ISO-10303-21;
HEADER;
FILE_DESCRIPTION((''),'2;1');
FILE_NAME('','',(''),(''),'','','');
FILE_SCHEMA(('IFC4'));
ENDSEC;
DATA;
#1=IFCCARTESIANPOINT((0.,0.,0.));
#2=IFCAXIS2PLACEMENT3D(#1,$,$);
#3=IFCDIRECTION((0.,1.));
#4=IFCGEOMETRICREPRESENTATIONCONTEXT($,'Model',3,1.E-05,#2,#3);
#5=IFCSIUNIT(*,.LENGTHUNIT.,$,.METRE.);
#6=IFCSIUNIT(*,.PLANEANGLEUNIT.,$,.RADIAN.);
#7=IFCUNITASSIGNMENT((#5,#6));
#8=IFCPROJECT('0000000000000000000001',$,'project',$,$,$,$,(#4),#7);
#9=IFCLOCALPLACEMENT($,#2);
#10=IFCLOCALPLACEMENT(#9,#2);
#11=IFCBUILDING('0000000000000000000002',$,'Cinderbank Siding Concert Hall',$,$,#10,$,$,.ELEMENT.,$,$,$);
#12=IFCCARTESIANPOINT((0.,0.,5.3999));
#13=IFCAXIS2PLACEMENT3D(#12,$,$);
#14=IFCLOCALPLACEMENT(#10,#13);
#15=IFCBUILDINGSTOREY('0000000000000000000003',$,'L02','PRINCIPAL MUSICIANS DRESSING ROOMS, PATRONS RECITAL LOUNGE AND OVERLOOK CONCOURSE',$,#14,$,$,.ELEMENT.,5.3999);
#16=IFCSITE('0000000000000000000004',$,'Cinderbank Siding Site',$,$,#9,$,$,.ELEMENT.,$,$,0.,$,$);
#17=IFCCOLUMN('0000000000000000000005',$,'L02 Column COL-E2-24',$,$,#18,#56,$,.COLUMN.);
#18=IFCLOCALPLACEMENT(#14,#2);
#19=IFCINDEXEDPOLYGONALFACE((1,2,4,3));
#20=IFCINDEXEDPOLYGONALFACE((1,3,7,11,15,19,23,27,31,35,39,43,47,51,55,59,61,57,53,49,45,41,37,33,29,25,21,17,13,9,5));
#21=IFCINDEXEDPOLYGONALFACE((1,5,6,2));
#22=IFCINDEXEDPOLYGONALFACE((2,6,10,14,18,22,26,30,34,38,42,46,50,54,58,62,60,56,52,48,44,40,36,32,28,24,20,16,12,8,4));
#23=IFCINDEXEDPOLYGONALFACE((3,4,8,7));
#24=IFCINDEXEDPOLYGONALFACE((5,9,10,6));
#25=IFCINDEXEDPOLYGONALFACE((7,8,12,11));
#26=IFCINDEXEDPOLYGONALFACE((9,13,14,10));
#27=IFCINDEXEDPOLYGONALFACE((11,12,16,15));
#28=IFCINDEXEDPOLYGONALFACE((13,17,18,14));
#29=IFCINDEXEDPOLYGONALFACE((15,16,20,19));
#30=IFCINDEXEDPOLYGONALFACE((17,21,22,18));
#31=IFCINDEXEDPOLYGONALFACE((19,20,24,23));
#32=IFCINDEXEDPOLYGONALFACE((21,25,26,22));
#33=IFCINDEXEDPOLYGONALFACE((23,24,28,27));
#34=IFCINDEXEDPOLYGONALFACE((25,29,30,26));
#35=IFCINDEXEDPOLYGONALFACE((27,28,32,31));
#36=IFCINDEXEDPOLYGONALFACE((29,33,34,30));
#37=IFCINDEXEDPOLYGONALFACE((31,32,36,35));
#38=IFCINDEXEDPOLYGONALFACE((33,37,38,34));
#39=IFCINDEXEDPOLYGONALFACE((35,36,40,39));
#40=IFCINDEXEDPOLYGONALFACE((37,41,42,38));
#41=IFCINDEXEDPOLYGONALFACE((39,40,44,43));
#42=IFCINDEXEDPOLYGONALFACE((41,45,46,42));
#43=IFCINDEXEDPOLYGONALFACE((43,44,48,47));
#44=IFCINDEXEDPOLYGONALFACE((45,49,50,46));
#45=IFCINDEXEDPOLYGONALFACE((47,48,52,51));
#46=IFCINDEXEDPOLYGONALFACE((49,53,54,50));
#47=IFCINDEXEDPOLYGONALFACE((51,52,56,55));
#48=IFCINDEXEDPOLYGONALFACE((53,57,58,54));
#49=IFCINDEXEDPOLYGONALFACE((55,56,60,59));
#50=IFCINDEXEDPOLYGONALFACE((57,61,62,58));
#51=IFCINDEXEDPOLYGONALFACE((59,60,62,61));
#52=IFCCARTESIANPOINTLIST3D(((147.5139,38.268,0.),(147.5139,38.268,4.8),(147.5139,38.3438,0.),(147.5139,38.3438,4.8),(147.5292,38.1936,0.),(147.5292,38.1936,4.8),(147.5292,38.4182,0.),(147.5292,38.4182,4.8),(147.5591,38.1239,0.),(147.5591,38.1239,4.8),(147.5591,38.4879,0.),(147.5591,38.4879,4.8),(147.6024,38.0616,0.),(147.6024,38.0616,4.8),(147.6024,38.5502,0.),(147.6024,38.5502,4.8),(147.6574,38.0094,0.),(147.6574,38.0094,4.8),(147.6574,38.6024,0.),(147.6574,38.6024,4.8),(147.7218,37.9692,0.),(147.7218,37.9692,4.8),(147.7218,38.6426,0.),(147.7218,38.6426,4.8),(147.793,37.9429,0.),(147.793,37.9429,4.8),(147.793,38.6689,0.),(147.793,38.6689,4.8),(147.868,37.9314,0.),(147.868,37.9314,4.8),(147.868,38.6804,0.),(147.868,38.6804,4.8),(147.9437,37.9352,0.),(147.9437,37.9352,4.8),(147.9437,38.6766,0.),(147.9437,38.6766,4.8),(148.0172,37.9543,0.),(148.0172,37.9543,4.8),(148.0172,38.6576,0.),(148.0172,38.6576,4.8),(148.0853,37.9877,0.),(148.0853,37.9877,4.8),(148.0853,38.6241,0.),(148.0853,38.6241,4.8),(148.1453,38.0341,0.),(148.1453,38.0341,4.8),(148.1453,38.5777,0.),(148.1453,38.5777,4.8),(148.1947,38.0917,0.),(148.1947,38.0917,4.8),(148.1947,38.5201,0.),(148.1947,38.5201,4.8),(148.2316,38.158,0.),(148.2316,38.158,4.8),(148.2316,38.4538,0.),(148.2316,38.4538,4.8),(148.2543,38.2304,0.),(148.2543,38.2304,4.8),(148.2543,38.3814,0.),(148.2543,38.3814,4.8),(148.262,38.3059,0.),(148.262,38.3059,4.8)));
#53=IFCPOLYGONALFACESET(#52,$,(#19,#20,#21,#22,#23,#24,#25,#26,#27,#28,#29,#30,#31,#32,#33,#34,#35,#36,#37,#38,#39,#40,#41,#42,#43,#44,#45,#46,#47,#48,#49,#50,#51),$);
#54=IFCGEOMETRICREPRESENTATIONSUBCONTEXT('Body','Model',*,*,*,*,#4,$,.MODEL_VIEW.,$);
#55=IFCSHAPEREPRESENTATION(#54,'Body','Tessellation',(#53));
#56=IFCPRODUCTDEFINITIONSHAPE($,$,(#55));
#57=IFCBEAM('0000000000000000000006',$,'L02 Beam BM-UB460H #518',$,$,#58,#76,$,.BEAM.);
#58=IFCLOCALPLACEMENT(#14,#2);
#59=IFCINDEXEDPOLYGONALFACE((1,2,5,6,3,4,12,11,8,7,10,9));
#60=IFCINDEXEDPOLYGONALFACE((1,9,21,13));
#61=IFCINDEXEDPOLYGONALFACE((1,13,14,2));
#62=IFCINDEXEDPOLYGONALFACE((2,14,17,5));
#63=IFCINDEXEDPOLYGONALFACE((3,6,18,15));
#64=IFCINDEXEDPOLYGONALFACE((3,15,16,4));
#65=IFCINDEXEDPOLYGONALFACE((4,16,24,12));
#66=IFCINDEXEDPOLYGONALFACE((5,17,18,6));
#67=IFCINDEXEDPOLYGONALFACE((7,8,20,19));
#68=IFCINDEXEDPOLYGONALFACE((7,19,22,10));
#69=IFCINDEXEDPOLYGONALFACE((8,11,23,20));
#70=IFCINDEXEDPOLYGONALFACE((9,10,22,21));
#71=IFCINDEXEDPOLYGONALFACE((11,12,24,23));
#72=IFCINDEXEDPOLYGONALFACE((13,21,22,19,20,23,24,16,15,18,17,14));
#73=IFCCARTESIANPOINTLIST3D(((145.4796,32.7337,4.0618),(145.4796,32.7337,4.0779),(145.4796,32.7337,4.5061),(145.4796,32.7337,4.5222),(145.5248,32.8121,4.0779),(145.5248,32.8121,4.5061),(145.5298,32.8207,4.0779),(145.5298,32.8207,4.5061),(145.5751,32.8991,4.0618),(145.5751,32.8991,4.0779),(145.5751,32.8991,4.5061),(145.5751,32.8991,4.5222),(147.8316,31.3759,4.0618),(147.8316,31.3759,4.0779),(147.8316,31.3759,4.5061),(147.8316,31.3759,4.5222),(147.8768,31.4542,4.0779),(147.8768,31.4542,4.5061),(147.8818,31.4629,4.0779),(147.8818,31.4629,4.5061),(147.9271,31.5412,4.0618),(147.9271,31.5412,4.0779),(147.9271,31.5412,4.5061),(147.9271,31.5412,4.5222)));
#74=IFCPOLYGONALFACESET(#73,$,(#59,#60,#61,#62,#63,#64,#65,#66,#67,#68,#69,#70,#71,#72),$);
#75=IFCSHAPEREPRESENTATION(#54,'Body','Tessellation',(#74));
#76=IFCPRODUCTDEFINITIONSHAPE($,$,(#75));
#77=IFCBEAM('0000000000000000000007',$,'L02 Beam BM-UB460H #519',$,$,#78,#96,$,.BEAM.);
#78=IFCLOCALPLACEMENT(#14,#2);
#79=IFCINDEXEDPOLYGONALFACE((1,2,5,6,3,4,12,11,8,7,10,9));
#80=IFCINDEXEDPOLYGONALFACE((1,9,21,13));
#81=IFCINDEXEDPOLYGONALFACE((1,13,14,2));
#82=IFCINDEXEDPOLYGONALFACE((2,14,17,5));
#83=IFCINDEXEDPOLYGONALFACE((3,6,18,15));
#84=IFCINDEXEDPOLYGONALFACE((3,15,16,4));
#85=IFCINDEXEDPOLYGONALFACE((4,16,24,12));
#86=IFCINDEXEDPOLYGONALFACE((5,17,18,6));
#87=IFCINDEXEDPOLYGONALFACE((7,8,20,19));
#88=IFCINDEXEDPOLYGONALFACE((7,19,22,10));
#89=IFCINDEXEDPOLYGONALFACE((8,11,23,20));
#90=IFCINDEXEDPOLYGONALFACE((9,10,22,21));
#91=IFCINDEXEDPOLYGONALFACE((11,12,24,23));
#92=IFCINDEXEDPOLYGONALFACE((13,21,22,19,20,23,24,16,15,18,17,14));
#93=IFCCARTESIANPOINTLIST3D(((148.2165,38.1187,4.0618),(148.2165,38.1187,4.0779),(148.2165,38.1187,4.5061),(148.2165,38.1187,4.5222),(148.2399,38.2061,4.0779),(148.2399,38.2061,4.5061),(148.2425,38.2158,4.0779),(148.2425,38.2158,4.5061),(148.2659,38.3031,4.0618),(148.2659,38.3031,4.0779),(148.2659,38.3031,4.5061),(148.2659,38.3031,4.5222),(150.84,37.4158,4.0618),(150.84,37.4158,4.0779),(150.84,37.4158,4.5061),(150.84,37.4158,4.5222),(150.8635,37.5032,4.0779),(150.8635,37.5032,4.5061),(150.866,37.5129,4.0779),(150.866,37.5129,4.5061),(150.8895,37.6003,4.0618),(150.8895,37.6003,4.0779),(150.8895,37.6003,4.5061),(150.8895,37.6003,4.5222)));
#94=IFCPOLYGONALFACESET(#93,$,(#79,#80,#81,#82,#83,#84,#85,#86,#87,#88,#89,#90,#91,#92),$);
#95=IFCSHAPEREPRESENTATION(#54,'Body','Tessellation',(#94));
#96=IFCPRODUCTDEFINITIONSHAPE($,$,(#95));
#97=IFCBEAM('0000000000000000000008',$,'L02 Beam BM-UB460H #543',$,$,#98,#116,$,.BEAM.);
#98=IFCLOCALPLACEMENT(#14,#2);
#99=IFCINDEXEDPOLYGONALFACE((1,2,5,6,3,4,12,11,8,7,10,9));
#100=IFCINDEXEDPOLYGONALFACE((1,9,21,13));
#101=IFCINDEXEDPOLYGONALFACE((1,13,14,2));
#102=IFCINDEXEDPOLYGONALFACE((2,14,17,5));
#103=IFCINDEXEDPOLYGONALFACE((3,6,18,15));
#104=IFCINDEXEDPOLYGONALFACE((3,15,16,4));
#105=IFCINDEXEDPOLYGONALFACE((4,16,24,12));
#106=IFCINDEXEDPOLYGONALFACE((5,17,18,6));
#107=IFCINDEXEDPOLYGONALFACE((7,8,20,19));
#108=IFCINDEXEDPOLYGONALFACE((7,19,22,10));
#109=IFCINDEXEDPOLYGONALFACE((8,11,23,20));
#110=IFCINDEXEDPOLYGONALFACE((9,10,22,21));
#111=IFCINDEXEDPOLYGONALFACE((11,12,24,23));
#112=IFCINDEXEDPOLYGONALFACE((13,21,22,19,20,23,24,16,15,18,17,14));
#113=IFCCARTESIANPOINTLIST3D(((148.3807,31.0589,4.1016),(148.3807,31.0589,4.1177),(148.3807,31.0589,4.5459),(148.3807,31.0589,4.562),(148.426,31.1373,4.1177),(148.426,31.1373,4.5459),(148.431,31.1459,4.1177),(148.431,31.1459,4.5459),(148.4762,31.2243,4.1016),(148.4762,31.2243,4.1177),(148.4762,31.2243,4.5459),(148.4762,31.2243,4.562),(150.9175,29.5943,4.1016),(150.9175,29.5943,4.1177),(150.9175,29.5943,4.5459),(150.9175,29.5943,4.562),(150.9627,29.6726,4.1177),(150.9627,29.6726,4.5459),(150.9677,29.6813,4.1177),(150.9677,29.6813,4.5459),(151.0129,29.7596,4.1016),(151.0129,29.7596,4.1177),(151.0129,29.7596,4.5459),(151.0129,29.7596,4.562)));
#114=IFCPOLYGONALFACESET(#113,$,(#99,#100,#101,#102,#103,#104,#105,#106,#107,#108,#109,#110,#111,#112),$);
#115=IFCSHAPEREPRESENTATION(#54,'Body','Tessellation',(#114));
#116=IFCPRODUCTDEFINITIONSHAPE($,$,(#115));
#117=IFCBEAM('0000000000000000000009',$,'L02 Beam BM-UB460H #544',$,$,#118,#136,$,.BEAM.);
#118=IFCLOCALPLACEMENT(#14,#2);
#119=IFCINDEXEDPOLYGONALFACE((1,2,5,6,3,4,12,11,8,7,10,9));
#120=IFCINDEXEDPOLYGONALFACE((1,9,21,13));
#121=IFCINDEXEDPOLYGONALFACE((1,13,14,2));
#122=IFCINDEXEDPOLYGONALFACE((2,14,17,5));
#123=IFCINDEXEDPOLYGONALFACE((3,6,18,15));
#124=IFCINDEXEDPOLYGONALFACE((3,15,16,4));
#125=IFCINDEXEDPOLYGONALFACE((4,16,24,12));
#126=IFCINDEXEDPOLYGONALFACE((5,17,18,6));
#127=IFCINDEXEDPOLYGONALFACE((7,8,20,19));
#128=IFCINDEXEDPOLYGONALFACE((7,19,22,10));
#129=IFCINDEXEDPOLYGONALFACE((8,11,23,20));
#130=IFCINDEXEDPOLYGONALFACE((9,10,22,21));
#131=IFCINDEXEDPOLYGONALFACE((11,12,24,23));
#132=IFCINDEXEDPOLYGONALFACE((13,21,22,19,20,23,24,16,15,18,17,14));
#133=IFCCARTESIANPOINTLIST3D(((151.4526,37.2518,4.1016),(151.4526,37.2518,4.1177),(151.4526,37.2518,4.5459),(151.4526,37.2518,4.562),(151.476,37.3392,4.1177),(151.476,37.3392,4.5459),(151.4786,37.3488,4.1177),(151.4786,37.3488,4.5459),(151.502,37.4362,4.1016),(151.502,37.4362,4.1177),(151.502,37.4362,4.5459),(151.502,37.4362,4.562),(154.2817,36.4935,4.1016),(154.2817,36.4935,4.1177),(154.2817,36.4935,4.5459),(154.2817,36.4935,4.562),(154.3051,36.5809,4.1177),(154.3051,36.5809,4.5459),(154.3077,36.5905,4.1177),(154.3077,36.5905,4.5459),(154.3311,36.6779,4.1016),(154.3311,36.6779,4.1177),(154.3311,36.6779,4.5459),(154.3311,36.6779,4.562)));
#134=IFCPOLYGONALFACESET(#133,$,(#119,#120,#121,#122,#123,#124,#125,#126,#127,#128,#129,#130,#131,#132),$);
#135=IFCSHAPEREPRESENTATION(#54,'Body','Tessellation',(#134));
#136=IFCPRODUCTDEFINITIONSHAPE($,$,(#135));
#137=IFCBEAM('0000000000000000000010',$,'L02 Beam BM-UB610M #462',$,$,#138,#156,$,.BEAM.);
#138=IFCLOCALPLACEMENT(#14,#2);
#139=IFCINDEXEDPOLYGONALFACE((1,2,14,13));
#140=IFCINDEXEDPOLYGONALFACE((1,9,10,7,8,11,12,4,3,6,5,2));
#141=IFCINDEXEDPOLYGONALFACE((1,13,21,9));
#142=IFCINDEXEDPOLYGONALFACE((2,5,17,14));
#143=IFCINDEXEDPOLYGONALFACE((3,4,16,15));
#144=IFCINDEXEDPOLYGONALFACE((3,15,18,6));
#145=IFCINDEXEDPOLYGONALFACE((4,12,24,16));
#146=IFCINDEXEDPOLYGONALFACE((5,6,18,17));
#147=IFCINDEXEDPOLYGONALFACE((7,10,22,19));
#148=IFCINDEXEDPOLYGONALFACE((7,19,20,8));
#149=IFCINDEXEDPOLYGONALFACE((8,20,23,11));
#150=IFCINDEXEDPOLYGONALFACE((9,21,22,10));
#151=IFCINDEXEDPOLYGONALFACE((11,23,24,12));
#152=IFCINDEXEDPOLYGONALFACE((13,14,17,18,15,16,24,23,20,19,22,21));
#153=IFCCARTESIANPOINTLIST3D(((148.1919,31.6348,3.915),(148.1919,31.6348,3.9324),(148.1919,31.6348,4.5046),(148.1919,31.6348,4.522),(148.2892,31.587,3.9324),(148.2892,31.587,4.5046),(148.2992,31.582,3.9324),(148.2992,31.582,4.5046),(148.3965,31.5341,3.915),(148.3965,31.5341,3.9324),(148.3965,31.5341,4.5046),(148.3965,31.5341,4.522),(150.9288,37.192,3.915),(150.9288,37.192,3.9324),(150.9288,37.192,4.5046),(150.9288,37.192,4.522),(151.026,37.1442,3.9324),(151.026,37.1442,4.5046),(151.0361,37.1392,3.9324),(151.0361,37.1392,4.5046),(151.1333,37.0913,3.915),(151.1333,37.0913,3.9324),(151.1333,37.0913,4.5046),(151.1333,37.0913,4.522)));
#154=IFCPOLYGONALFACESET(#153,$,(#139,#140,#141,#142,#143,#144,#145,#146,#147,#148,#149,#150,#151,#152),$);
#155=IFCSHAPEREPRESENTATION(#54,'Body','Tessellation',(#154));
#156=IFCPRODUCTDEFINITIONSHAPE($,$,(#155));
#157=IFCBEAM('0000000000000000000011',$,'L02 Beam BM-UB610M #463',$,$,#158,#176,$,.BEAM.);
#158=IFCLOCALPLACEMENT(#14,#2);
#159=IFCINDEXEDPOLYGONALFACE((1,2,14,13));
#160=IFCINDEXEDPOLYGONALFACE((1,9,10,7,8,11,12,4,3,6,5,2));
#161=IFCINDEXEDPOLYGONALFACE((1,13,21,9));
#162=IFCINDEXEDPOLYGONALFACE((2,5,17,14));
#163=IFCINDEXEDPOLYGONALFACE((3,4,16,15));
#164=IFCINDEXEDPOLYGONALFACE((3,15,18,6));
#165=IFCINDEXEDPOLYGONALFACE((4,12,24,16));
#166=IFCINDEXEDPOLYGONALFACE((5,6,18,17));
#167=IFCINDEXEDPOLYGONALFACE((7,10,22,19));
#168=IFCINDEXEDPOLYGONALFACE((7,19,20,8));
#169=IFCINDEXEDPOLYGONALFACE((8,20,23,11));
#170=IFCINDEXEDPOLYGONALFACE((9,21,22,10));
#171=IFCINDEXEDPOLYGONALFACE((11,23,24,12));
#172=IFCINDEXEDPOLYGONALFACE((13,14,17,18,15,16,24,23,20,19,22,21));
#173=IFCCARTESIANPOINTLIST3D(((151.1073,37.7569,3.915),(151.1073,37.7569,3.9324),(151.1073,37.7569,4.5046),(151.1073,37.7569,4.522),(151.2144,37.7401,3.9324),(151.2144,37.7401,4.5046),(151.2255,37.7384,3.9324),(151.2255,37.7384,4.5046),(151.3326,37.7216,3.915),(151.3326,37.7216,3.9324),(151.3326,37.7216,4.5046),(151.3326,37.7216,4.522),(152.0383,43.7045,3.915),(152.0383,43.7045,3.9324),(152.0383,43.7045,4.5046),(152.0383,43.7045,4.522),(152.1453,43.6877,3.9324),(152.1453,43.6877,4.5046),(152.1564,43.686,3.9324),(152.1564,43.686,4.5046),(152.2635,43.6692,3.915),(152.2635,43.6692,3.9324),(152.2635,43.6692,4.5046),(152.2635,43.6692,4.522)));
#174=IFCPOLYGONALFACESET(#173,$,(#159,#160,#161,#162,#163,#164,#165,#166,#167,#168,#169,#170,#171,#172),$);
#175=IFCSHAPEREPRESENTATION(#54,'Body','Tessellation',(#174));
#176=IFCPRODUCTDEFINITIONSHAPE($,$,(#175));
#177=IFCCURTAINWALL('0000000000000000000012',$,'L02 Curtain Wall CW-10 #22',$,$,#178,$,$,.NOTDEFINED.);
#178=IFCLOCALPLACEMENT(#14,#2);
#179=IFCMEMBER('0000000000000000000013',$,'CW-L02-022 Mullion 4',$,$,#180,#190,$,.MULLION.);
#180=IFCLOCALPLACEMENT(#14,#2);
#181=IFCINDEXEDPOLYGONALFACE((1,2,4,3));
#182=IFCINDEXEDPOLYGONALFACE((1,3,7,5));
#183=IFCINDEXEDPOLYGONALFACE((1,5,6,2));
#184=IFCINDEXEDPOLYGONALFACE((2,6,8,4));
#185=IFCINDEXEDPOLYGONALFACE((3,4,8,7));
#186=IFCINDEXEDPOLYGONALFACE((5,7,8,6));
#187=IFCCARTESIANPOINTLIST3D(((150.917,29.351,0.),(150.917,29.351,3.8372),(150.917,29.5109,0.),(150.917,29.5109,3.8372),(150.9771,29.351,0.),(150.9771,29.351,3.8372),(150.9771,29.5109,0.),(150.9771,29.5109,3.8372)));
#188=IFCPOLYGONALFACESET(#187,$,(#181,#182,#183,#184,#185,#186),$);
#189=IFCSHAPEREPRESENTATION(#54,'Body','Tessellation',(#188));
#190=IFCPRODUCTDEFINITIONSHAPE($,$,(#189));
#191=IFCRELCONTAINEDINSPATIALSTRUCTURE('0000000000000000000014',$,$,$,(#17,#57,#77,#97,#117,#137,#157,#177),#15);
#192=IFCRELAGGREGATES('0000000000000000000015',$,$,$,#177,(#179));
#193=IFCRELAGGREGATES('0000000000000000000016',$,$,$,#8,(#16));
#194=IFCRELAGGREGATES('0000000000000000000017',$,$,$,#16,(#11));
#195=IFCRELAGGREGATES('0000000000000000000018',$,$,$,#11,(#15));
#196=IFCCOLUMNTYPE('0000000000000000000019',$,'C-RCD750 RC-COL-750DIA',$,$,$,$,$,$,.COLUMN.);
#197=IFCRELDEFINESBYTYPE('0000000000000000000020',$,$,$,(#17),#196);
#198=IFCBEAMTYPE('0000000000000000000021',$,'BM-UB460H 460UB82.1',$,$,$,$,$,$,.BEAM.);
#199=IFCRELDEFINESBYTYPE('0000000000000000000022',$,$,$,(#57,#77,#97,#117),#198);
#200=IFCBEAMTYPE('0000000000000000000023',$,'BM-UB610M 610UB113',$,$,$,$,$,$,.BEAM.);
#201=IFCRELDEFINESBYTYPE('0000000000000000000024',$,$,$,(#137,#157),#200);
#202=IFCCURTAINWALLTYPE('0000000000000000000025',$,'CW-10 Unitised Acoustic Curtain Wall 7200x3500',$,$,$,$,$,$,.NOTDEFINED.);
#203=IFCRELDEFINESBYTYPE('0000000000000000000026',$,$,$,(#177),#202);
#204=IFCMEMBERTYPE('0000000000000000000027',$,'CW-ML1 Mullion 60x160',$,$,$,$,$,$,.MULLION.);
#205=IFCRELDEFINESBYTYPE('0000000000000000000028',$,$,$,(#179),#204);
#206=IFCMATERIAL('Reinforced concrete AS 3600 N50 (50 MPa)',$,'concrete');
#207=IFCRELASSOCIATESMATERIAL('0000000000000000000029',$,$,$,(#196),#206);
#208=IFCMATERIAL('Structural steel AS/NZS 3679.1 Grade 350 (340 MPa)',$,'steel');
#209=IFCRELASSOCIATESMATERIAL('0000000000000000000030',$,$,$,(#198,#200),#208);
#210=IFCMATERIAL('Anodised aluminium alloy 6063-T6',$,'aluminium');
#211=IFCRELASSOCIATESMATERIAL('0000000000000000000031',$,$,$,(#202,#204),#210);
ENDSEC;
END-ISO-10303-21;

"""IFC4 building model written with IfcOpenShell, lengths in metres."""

from ifc_helpers import new_model, si_unit, direction, frame, origin, origin_2d, place, context, subcontext, project, spatial, rectangle, circle, i_section, extrude, material, material_profile, profile_set, type_object, element, aggregate, save


model = new_model("IFC4")

# Units and contexts
model_context = context("Model", 3, precision=1e-05, world=origin(), true_north=direction((0.0, 1.0)))
body_context = subcontext(model_context, "Body", "Model", "MODEL_VIEW")
ifc_project = project(units=[si_unit("LENGTHUNIT", "METRE"), si_unit("PLANEANGLEUNIT", "RADIAN")], contexts=[model_context])

# Site, building, storey
site_placement = place(None, origin())
site = spatial("IfcSite", under=ifc_project, at=site_placement, Name="Cinderbank Siding Site", CompositionType="ELEMENT", RefElevation=0.0)
building_placement = place(site_placement, origin())
building = spatial("IfcBuilding", under=site, at=building_placement, Name="Cinderbank Siding Concert Hall", CompositionType="ELEMENT")
storey_placement = place(building_placement, frame((0.0, 0.0, 5.3999)))
storey = spatial("IfcBuildingStorey", under=building, at=storey_placement, Name="L02", Description="PRINCIPAL MUSICIANS DRESSING ROOMS, PATRONS RECITAL LOUNGE AND OVERLOOK CONCOURSE", CompositionType="ELEMENT", Elevation=5.3999)

# Column
ifc_material_1 = material(Name="Reinforced concrete AS 3600 N50 (50 MPa)", Category="concrete")
ifc_material_profile_1 = material_profile(ifc_material_1, circle(Radius=0.375, at=origin_2d()), Name="RC-COL-750DIA", Category="LoadBearing")
ifc_profile_set_1 = profile_set([ifc_material_profile_1], Name="Reinforced concrete AS 3600 N50 (50 MPa)")
column_type_1 = type_object("IfcColumnType", Name="C-RCD750 RC-COL-750DIA", PredefinedType="COLUMN", material=ifc_profile_set_1)
for number, where, z_axis, x_axis, name in (
    (1, (147.887, 38.3059, 0.0), (0.0, 0.0, 1.0), (1.0, 0.0, 0.0), "L02 Column COL-E2-24"),
):
    element("IfcColumn", number, at=place(storey_placement, frame(where, z_axis=z_axis, x_axis=x_axis)), inside=storey, type_object=column_type_1, Name=name, PredefinedType="COLUMN", context=body_context, shape_type="SweptSolid", body=[
        extrude(circle(Radius=0.375, at=origin_2d()), origin(), (0.0, 0.0, 1.0), 4.8),
    ])

# Beams
ifc_material_2 = material(Name="Structural steel AS/NZS 3679.1 Grade 350 (340 MPa)", Category="steel")
ifc_material_profile_2 = material_profile(ifc_material_2, i_section(OverallWidth=0.1909, OverallDepth=0.4604, WebThickness=0.01, FlangeThickness=0.0161, at=origin_2d()), Name="460UB82.1", Category="LoadBearing")
ifc_profile_set_2 = profile_set([ifc_material_profile_2], Name="Structural steel AS/NZS 3679.1 Grade 350 (340 MPa)")
beam_type_1 = type_object("IfcBeamType", Name="BM-UB460H 460UB82.1", PredefinedType="BEAM", material=ifc_profile_set_2)
beam_1_placement = place(storey_placement, frame((145.5273, 32.8164, 4.292), z_axis=(0.866033, -0.499987, 0.0), x_axis=(0.499987, 0.866033, 0.0)))
element("IfcBeam", 2, at=beam_1_placement, inside=storey, type_object=beam_type_1, Name="L02 Beam BM-UB460H #518", PredefinedType="BEAM", context=body_context, shape_type="SweptSolid", body=[
    extrude(i_section(OverallWidth=0.1909, OverallDepth=0.4604, WebThickness=0.01, FlangeThickness=0.0161, at=origin_2d()), origin(), (0.0, 0.0, 1.0), 2.7158),
])
beam_2_placement = place(storey_placement, frame((148.2412, 38.2109, 4.292), z_axis=(0.965934, -0.258787, 0.0), x_axis=(0.258787, 0.965934, 0.0)))
element("IfcBeam", 3, at=beam_2_placement, inside=storey, type_object=beam_type_1, Name="L02 Beam BM-UB460H #519", PredefinedType="BEAM", context=body_context, shape_type="SweptSolid", body=[
    extrude(i_section(OverallWidth=0.1909, OverallDepth=0.4604, WebThickness=0.01, FlangeThickness=0.0161, at=origin_2d()), origin(), (0.0, 0.0, 1.0), 2.7161),
])
beam_3_placement = place(storey_placement, frame((148.4285, 31.1416, 4.3318), z_axis=(0.866013, -0.500021, 0.0), x_axis=(0.500021, 0.866013, 0.0)))
element("IfcBeam", 4, at=beam_3_placement, inside=storey, type_object=beam_type_1, Name="L02 Beam BM-UB460H #543", PredefinedType="BEAM", context=body_context, shape_type="SweptSolid", body=[
    extrude(i_section(OverallWidth=0.1909, OverallDepth=0.4604, WebThickness=0.01, FlangeThickness=0.0161, at=origin_2d()), origin(), (0.0, 0.0, 1.0), 2.9292),
])
beam_4_placement = place(storey_placement, frame((151.4773, 37.344, 4.3318), z_axis=(0.965905, -0.258897, 0.0), x_axis=(0.258897, 0.965905, 0.0)))
element("IfcBeam", 5, at=beam_4_placement, inside=storey, type_object=beam_type_1, Name="L02 Beam BM-UB460H #544", PredefinedType="BEAM", context=body_context, shape_type="SweptSolid", body=[
    extrude(i_section(OverallWidth=0.1909, OverallDepth=0.4604, WebThickness=0.01, FlangeThickness=0.0161, at=origin_2d()), origin(), (0.0, 0.0, 1.0), 2.929),
])
ifc_material_profile_3 = material_profile(ifc_material_2, i_section(OverallWidth=0.228, OverallDepth=0.6069, WebThickness=0.0112, FlangeThickness=0.0173, at=origin_2d()), Name="610UB113", Category="LoadBearing")
ifc_profile_set_3 = profile_set([ifc_material_profile_3], Name="Structural steel AS/NZS 3679.1 Grade 350 (340 MPa)")
beam_type_2 = type_object("IfcBeamType", Name="BM-UB610M 610UB113", PredefinedType="BEAM", material=ifc_profile_set_3)
beam_5_placement = place(storey_placement, frame((148.2942, 31.5845, 4.2185), z_axis=(0.441814, 0.897107, 0.0), x_axis=(-0.897107, 0.441814, 0.0)))
element("IfcBeam", 6, at=beam_5_placement, inside=storey, type_object=beam_type_2, Name="L02 Beam BM-UB610M #462", PredefinedType="BEAM", context=body_context, shape_type="SweptSolid", body=[
    extrude(i_section(OverallWidth=0.228, OverallDepth=0.6069, WebThickness=0.0112, FlangeThickness=0.0173, at=origin_2d()), origin(), (0.0, 0.0, 1.0), 6.1946),
])
beam_6_placement = place(storey_placement, frame((151.22, 37.7393, 4.2185), z_axis=(0.154638, 0.987971, 0.0), x_axis=(-0.987971, 0.154638, 0.0)))
element("IfcBeam", 7, at=beam_6_placement, inside=storey, type_object=beam_type_2, Name="L02 Beam BM-UB610M #463", PredefinedType="BEAM", context=body_context, shape_type="SweptSolid", body=[
    extrude(i_section(OverallWidth=0.228, OverallDepth=0.6069, WebThickness=0.0112, FlangeThickness=0.0173, at=origin_2d()), origin(), (0.0, 0.0, 1.0), 6.02),
])

# Curtain wall, member
ifc_material_3 = material(Name="Anodised aluminium alloy 6063-T6", Category="aluminium")
curtain_wall_type_1 = type_object("IfcCurtainWallType", Name="CW-10 Unitised Acoustic Curtain Wall 7200x3500", PredefinedType="NOTDEFINED", material=ifc_material_3)
curtain_wall_1_placement = place(storey_placement, origin())
curtain_wall_1 = element("IfcCurtainWall", 8, at=curtain_wall_1_placement, inside=storey, type_object=curtain_wall_type_1, Name="L02 Curtain Wall CW-10 #22", PredefinedType="NOTDEFINED")
ifc_material_profile_4 = material_profile(ifc_material_3, rectangle(XDim=0.0601, YDim=0.1599, at=origin_2d()), Name="ALU-MULL-60x160", Category="LoadBearing")
ifc_profile_set_4 = profile_set([ifc_material_profile_4], Name="Anodised aluminium alloy 6063-T6")
member_type_1 = type_object("IfcMemberType", Name="CW-ML1 Mullion 60x160", PredefinedType="MULLION", material=ifc_profile_set_4)
member_1_placement = place(storey_placement, frame((150.947, 29.4309, 0.0), z_axis=(0.0, 0.0, 1.0), x_axis=(1.0, 0.0, 0.0)))
member_1 = element("IfcMember", 9, at=member_1_placement, type_object=member_type_1, Name="CW-L02-022 Mullion 4", PredefinedType="MULLION", context=body_context, shape_type="SweptSolid", body=[
    extrude(rectangle(XDim=0.0601, YDim=0.1599, at=origin_2d()), origin(), (0.0, 0.0, 1.0), 3.8372),
])

aggregate(curtain_wall_1, [member_1])

save(model, "model.ifc")
